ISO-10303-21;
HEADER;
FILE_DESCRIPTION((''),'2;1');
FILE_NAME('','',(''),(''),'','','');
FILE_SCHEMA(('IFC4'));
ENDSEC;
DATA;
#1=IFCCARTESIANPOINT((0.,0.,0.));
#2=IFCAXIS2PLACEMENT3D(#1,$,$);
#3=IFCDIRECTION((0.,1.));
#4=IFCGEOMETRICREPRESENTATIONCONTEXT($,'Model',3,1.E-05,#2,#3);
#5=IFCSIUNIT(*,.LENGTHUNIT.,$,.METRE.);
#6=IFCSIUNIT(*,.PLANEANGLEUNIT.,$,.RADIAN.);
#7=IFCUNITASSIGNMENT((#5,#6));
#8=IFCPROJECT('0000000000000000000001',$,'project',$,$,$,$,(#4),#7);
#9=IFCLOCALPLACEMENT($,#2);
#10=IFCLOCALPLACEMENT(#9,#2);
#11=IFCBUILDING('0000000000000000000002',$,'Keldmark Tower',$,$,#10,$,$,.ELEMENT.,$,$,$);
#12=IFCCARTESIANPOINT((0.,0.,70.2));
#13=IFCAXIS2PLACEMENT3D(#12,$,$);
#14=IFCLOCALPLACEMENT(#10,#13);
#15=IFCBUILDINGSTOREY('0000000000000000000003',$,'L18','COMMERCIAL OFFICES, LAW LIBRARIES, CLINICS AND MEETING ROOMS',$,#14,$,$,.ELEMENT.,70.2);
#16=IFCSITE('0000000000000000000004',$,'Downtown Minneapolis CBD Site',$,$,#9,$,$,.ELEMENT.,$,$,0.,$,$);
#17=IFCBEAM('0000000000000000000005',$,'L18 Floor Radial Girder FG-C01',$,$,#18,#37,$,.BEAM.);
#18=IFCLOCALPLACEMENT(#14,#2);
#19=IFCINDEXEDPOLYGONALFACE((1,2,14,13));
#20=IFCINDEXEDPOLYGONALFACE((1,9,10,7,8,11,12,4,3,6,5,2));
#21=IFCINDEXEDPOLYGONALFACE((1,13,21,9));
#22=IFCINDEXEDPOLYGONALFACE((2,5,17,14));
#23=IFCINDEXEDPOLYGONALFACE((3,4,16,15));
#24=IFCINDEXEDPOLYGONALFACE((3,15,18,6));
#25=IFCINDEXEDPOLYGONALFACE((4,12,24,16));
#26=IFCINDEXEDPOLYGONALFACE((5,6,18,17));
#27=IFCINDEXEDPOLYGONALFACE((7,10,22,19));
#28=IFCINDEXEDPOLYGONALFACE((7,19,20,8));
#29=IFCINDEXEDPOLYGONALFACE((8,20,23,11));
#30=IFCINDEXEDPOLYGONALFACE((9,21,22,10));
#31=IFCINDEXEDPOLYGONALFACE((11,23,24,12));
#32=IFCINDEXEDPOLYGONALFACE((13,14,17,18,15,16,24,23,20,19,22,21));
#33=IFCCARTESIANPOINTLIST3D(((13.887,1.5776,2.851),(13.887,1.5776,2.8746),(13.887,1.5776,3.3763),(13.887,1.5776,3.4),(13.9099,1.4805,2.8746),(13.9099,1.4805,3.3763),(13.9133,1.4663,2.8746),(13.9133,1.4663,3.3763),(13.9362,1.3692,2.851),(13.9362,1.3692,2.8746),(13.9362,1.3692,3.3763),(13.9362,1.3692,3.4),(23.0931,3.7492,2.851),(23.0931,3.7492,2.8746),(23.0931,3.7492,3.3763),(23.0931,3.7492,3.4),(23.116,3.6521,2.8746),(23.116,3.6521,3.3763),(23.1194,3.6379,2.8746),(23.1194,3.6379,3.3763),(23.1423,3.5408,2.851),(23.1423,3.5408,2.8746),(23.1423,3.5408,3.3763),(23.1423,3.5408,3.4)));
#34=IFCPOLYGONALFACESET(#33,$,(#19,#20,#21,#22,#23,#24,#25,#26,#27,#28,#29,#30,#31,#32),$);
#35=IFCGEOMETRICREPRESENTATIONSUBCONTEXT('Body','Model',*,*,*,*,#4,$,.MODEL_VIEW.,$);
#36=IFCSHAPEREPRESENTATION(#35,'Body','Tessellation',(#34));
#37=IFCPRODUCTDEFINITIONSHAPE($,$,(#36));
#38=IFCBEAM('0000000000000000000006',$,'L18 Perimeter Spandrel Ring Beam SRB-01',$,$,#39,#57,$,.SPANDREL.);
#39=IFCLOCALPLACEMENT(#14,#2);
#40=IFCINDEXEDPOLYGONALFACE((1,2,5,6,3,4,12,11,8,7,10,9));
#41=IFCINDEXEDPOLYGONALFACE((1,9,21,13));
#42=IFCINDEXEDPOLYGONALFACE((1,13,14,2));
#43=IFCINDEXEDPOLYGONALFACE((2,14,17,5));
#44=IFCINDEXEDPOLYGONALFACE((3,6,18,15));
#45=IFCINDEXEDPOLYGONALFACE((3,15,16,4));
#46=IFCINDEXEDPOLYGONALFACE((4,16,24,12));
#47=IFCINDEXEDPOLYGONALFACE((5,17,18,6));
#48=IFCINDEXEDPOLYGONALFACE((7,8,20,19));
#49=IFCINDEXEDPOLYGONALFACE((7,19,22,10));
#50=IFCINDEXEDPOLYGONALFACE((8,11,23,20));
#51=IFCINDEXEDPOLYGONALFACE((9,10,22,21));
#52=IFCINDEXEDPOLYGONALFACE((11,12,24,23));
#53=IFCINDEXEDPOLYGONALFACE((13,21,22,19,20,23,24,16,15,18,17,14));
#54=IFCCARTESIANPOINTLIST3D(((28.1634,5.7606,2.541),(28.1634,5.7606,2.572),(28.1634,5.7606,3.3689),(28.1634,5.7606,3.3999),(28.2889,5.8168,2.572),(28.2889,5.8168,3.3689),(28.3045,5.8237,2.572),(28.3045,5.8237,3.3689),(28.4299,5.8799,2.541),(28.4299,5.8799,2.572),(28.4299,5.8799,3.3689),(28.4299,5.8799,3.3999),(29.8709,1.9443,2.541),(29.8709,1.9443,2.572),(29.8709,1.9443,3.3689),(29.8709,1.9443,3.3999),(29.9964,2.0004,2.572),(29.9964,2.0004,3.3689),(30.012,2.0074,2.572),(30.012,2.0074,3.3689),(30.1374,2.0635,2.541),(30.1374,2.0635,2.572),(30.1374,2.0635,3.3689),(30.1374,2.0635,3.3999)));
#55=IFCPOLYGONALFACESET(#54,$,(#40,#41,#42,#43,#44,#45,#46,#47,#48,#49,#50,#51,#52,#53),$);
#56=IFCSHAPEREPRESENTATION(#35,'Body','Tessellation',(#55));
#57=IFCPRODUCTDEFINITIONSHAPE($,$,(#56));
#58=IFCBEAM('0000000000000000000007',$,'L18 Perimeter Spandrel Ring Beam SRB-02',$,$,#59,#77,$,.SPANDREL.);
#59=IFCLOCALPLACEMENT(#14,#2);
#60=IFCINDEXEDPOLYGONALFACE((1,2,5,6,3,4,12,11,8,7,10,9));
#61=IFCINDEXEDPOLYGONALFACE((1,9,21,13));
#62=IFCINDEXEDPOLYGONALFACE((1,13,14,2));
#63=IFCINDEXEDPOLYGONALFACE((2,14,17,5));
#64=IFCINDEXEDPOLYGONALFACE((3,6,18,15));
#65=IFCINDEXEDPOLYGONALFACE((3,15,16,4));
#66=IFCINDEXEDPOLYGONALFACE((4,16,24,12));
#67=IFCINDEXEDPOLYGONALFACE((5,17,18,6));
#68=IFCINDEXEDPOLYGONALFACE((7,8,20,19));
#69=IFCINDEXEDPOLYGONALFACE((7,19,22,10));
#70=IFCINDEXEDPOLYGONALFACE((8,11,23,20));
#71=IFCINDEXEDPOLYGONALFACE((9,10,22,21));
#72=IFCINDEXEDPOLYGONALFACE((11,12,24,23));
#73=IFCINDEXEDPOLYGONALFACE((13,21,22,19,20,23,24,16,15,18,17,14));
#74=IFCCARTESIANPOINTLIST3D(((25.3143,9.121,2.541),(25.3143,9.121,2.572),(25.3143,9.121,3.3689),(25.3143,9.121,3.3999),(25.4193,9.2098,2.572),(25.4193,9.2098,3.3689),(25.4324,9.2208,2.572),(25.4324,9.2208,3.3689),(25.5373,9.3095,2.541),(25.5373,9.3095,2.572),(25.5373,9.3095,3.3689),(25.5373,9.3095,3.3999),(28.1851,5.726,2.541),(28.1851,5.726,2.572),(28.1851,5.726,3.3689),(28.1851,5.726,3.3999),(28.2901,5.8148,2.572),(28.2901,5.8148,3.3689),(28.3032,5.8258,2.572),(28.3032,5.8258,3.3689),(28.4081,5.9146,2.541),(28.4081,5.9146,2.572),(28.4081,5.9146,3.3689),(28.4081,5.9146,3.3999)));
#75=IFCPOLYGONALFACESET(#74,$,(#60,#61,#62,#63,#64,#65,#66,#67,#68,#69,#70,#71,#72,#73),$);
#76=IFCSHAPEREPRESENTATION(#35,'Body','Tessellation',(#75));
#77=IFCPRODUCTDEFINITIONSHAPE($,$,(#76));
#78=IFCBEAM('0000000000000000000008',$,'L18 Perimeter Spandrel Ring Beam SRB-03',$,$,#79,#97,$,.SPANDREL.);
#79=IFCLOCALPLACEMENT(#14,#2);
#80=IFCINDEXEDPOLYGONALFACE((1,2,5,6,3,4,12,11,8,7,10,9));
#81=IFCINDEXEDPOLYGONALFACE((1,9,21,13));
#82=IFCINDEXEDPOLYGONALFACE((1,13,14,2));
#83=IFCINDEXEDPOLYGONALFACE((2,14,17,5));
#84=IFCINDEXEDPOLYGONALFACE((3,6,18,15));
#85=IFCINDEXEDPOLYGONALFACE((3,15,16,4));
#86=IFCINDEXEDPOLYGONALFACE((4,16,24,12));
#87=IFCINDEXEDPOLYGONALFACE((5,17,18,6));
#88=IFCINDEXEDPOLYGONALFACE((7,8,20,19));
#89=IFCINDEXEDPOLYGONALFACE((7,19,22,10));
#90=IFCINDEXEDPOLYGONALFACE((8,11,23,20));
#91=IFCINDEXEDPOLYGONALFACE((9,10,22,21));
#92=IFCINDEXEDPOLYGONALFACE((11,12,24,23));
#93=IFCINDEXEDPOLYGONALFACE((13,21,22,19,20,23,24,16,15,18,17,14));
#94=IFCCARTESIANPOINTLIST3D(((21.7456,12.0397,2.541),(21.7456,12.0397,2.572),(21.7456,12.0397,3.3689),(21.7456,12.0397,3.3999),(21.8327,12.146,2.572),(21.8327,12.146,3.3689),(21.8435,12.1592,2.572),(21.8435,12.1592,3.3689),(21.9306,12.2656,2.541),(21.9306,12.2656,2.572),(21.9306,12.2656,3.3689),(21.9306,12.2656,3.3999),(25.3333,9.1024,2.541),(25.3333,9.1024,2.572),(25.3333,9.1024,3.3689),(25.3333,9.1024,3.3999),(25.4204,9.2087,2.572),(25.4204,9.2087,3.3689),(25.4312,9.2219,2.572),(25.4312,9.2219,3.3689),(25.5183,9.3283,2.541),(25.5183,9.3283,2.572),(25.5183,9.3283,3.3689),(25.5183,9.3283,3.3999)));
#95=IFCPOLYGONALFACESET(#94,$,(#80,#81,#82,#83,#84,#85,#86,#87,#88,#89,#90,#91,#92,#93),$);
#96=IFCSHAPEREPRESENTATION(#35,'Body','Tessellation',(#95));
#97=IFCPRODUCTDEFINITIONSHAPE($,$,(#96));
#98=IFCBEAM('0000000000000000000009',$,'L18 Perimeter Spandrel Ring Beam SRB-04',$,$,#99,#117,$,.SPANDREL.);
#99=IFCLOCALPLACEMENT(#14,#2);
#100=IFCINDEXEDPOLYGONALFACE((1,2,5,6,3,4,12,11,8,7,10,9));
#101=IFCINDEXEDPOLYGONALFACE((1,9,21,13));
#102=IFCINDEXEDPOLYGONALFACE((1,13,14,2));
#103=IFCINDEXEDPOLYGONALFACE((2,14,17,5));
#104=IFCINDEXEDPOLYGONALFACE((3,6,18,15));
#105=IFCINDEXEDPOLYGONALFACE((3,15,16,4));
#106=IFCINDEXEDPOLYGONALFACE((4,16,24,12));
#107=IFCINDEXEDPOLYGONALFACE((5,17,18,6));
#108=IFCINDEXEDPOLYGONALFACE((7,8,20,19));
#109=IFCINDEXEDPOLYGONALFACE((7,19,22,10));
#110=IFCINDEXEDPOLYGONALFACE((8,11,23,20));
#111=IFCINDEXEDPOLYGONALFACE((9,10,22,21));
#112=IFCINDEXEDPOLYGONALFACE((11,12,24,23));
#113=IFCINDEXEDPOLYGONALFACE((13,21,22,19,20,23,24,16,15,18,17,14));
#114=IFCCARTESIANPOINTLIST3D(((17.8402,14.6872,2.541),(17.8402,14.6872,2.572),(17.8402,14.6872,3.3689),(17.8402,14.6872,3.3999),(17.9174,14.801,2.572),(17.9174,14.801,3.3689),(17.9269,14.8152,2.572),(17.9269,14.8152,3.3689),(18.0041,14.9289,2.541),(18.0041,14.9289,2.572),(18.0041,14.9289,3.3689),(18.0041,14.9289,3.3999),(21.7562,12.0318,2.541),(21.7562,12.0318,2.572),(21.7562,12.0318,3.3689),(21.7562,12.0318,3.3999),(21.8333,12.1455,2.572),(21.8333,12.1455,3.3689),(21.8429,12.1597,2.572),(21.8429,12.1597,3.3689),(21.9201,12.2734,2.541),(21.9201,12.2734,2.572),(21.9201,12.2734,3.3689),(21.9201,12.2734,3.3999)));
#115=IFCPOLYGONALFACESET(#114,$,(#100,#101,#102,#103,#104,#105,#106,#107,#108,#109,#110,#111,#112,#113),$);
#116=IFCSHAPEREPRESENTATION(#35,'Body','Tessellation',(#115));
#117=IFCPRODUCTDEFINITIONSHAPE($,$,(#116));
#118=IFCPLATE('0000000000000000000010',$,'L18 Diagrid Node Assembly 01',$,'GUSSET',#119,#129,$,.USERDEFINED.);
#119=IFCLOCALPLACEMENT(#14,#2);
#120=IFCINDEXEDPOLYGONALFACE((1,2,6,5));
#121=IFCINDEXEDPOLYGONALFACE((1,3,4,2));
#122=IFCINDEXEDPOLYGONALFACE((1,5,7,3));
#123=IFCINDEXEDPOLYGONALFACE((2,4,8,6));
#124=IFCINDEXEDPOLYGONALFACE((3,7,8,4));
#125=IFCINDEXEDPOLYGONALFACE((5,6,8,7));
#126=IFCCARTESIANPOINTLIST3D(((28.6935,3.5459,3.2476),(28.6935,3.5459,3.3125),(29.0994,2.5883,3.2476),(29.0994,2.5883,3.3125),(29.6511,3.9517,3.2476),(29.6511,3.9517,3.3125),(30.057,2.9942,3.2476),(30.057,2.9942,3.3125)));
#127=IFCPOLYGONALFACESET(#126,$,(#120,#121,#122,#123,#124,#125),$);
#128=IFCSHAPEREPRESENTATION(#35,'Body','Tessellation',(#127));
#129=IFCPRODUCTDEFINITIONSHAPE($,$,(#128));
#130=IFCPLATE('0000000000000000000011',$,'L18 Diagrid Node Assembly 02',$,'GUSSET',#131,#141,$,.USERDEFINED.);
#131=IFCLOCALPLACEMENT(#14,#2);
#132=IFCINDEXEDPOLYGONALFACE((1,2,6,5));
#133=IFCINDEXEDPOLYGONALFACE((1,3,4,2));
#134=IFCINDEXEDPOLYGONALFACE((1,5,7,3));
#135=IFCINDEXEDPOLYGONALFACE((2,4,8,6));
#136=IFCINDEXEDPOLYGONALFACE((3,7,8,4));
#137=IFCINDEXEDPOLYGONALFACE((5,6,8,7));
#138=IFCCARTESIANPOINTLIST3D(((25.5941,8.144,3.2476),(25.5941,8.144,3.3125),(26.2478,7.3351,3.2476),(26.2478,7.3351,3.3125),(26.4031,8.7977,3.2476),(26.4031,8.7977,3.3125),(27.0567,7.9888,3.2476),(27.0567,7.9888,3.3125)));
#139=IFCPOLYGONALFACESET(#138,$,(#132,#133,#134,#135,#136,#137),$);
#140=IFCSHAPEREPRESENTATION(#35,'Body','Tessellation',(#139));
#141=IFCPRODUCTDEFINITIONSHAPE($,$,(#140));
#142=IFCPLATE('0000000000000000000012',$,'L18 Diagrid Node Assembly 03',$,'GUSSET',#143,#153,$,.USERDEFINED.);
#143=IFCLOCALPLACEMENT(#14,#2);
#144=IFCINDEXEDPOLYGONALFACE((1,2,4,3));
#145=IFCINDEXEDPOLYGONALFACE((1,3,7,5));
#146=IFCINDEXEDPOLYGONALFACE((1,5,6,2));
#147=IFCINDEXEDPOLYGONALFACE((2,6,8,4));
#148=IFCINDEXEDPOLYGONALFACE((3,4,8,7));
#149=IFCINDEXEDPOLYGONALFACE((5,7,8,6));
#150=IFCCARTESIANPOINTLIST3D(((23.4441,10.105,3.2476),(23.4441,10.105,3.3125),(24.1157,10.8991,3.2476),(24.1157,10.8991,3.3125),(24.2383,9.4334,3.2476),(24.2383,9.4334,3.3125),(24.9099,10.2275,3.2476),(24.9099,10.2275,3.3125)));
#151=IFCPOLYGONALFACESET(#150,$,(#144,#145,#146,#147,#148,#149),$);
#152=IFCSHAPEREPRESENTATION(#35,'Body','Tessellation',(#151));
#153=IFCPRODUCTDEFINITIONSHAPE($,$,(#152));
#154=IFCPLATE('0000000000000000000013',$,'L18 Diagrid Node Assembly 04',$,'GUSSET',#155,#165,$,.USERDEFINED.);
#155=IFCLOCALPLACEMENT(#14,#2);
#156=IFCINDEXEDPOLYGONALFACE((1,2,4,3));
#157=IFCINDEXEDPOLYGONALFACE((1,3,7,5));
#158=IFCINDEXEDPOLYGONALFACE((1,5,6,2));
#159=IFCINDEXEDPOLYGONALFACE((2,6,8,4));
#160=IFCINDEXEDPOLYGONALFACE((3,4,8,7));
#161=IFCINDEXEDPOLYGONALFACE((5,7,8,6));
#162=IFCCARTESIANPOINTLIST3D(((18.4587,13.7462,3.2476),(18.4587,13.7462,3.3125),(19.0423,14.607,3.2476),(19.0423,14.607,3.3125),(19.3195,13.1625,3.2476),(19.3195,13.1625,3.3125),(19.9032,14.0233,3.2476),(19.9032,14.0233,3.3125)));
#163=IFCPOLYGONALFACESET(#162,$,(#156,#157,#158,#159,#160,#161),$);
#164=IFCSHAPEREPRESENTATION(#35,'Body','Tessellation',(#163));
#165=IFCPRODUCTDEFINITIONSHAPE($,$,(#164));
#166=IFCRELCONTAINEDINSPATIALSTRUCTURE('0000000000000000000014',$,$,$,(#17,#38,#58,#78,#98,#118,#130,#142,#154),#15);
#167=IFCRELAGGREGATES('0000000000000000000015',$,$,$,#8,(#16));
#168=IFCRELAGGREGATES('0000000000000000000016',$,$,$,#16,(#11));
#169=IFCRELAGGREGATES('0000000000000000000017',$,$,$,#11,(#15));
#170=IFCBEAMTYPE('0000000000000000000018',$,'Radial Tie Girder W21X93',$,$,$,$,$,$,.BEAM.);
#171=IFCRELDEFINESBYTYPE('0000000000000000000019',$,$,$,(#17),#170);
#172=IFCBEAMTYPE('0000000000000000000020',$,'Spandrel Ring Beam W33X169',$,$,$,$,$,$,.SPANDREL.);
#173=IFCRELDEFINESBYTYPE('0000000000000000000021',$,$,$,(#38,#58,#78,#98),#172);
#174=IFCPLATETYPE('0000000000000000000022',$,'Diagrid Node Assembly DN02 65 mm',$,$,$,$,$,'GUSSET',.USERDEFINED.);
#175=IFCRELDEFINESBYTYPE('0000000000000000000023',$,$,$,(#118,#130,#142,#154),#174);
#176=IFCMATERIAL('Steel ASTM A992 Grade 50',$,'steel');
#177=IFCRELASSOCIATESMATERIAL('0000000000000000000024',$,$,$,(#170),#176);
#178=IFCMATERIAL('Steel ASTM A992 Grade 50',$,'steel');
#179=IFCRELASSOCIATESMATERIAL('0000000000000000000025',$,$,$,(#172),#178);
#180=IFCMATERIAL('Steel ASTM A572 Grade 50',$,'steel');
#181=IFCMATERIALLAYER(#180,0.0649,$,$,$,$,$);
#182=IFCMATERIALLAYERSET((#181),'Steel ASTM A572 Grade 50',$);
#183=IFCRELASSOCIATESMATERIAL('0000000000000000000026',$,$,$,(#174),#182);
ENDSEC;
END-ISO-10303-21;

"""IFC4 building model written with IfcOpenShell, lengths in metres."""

from ifc_helpers import new_model, si_unit, direction, frame, origin, origin_2d, place, context, subcontext, project, spatial, rectangle, i_section, extrude, material, layer, layer_set, material_profile, profile_set, type_object, element, save


model = new_model("IFC4")

# Units and contexts
model_context = context("Model", 3, precision=1e-05, world=origin(), true_north=direction((0.0, 1.0)))
body_context = subcontext(model_context, "Body", "Model", "MODEL_VIEW")
ifc_project = project(units=[si_unit("LENGTHUNIT", "METRE"), si_unit("PLANEANGLEUNIT", "RADIAN")], contexts=[model_context])

# Site, building, storey
site_placement = place(None, origin())
site = spatial("IfcSite", under=ifc_project, at=site_placement, Name="Downtown Minneapolis CBD Site", CompositionType="ELEMENT", RefElevation=0.0)
building_placement = place(site_placement, origin())
building = spatial("IfcBuilding", under=site, at=building_placement, Name="Keldmark Tower", CompositionType="ELEMENT")
storey_placement = place(building_placement, frame((0.0, 0.0, 70.2)))
storey = spatial("IfcBuildingStorey", under=building, at=storey_placement, Name="L18", Description="COMMERCIAL OFFICES, LAW LIBRARIES, CLINICS AND MEETING ROOMS", CompositionType="ELEMENT", Elevation=70.2)

# Beams
ifc_material_1 = material(Name="Steel ASTM A992 Grade 50", Category="steel")
ifc_material_profile_1 = material_profile(ifc_material_1, i_section(OverallWidth=0.2141, OverallDepth=0.5491, WebThickness=0.0146, FlangeThickness=0.0237, at=origin_2d()), Name="W21X93")
ifc_profile_set_1 = profile_set([ifc_material_profile_1], Name="Steel ASTM A992 Grade 50")
beam_type_1 = type_object("IfcBeamType", Name="Radial Tie Girder W21X93", PredefinedType="BEAM", material=ifc_profile_set_1)
beam_1_placement = place(storey_placement, frame((23.1177, 3.645, 3.1255), z_axis=(-0.973287, -0.22959, 0.0), x_axis=(0.22959, -0.973287, 0.0)))
element("IfcBeam", 1, at=beam_1_placement, inside=storey, type_object=beam_type_1, Name="L18 Floor Radial Girder FG-C01", PredefinedType="BEAM", context=body_context, shape_type="SweptSolid", body=[
    extrude(i_section(OverallWidth=0.2141, OverallDepth=0.5491, WebThickness=0.0146, FlangeThickness=0.0237, at=origin_2d()), origin(), (0.0, 0.0, 1.0), 9.4587),
])
ifc_material_2 = material(Name="Steel ASTM A992 Grade 50", Category="steel")
ifc_material_profile_2 = material_profile(ifc_material_2, i_section(OverallWidth=0.292, OverallDepth=0.8589, WebThickness=0.0171, FlangeThickness=0.031, at=origin_2d()), Name="W33X169")
ifc_profile_set_2 = profile_set([ifc_material_profile_2], Name="Steel ASTM A992 Grade 50")
beam_type_2 = type_object("IfcBeamType", Name="Spandrel Ring Beam W33X169", PredefinedType="SPANDREL", material=ifc_profile_set_2)
beam_2_placement = place(storey_placement, frame((30.0042, 2.0039, 2.9705), z_axis=(-0.408402, 0.912802, 0.0), x_axis=(-0.912802, -0.408402, 0.0)))
element("IfcBeam", 2, at=beam_2_placement, inside=storey, type_object=beam_type_2, Name="L18 Perimeter Spandrel Ring Beam SRB-01", PredefinedType="SPANDREL", context=body_context, shape_type="SweptSolid", body=[
    extrude(i_section(OverallWidth=0.292, OverallDepth=0.8589, WebThickness=0.0171, FlangeThickness=0.031, at=origin_2d()), origin(), (0.0, 0.0, 1.0), 4.1809),
])
beam_3_placement = place(storey_placement, frame((28.2966, 5.8203, 2.9705), z_axis=(-0.645699, 0.763592, 0.0), x_axis=(-0.763592, -0.645699, 0.0)))
element("IfcBeam", 3, at=beam_3_placement, inside=storey, type_object=beam_type_2, Name="L18 Perimeter Spandrel Ring Beam SRB-02", PredefinedType="SPANDREL", context=body_context, shape_type="SweptSolid", body=[
    extrude(i_section(OverallWidth=0.292, OverallDepth=0.8589, WebThickness=0.0171, FlangeThickness=0.031, at=origin_2d()), origin(), (0.0, 0.0, 1.0), 4.446),
])
beam_4_placement = place(storey_placement, frame((25.4258, 9.2153, 2.9705), z_axis=(-0.773756, 0.633484, 0.0), x_axis=(-0.633484, -0.773756, 0.0)))
element("IfcBeam", 4, at=beam_4_placement, inside=storey, type_object=beam_type_2, Name="L18 Perimeter Spandrel Ring Beam SRB-03", PredefinedType="SPANDREL", context=body_context, shape_type="SweptSolid", body=[
    extrude(i_section(OverallWidth=0.292, OverallDepth=0.8589, WebThickness=0.0171, FlangeThickness=0.031, at=origin_2d()), origin(), (0.0, 0.0, 1.0), 4.6367),
])
beam_5_placement = place(storey_placement, frame((21.8381, 12.1526, 2.9705), z_axis=(-0.82765, 0.561244, 0.0), x_axis=(-0.561244, -0.82765, 0.0)))
element("IfcBeam", 5, at=beam_5_placement, inside=storey, type_object=beam_type_2, Name="L18 Perimeter Spandrel Ring Beam SRB-04", PredefinedType="SPANDREL", context=body_context, shape_type="SweptSolid", body=[
    extrude(i_section(OverallWidth=0.292, OverallDepth=0.8589, WebThickness=0.0171, FlangeThickness=0.031, at=origin_2d()), origin(), (0.0, 0.0, 1.0), 4.7314),
])

# Plates
ifc_material_3 = material(Name="Steel ASTM A572 Grade 50", Category="steel")
ifc_layer_1 = layer(ifc_material_3, 0.0649)
ifc_layer_set_1 = layer_set([ifc_layer_1], Name="Steel ASTM A572 Grade 50")
plate_type = type_object("IfcPlateType", Name="Diagrid Node Assembly DN02 65 mm", ElementType="GUSSET", PredefinedType="USERDEFINED", material=ifc_layer_set_1)
for number, where, z_axis, x_axis, name in (
    (6, (29.3752, 3.27, 3.2476), (0.0, 0.0, 1.0), (-0.390249, 0.920709, 0.0), "L18 Diagrid Node Assembly 01"),
    (7, (26.3254, 8.0664, 3.2476), (0.0, 0.0, 1.0), (-0.628506, 0.777805, 0.0), "L18 Diagrid Node Assembly 02"),
    (8, (24.177, 10.1663, 3.2476), (0.0, 0.0, 1.0), (-0.763571, 0.645724, 0.0), "L18 Diagrid Node Assembly 03"),
    (9, (19.1809, 13.8848, 3.2476), (0.0, 0.0, 1.0), (-0.827669, 0.561217, 0.0), "L18 Diagrid Node Assembly 04"),
):
    element("IfcPlate", number, at=place(storey_placement, frame(where, z_axis=z_axis, x_axis=x_axis)), inside=storey, type_object=plate_type, Name=name, ObjectType="GUSSET", PredefinedType="USERDEFINED", context=body_context, shape_type="SweptSolid", body=[
        extrude(rectangle(XDim=1.04, YDim=1.04, at=origin_2d()), origin(), (0.0, 0.0, 1.0), 0.0649),
    ])

save(model, "model.ifc")
